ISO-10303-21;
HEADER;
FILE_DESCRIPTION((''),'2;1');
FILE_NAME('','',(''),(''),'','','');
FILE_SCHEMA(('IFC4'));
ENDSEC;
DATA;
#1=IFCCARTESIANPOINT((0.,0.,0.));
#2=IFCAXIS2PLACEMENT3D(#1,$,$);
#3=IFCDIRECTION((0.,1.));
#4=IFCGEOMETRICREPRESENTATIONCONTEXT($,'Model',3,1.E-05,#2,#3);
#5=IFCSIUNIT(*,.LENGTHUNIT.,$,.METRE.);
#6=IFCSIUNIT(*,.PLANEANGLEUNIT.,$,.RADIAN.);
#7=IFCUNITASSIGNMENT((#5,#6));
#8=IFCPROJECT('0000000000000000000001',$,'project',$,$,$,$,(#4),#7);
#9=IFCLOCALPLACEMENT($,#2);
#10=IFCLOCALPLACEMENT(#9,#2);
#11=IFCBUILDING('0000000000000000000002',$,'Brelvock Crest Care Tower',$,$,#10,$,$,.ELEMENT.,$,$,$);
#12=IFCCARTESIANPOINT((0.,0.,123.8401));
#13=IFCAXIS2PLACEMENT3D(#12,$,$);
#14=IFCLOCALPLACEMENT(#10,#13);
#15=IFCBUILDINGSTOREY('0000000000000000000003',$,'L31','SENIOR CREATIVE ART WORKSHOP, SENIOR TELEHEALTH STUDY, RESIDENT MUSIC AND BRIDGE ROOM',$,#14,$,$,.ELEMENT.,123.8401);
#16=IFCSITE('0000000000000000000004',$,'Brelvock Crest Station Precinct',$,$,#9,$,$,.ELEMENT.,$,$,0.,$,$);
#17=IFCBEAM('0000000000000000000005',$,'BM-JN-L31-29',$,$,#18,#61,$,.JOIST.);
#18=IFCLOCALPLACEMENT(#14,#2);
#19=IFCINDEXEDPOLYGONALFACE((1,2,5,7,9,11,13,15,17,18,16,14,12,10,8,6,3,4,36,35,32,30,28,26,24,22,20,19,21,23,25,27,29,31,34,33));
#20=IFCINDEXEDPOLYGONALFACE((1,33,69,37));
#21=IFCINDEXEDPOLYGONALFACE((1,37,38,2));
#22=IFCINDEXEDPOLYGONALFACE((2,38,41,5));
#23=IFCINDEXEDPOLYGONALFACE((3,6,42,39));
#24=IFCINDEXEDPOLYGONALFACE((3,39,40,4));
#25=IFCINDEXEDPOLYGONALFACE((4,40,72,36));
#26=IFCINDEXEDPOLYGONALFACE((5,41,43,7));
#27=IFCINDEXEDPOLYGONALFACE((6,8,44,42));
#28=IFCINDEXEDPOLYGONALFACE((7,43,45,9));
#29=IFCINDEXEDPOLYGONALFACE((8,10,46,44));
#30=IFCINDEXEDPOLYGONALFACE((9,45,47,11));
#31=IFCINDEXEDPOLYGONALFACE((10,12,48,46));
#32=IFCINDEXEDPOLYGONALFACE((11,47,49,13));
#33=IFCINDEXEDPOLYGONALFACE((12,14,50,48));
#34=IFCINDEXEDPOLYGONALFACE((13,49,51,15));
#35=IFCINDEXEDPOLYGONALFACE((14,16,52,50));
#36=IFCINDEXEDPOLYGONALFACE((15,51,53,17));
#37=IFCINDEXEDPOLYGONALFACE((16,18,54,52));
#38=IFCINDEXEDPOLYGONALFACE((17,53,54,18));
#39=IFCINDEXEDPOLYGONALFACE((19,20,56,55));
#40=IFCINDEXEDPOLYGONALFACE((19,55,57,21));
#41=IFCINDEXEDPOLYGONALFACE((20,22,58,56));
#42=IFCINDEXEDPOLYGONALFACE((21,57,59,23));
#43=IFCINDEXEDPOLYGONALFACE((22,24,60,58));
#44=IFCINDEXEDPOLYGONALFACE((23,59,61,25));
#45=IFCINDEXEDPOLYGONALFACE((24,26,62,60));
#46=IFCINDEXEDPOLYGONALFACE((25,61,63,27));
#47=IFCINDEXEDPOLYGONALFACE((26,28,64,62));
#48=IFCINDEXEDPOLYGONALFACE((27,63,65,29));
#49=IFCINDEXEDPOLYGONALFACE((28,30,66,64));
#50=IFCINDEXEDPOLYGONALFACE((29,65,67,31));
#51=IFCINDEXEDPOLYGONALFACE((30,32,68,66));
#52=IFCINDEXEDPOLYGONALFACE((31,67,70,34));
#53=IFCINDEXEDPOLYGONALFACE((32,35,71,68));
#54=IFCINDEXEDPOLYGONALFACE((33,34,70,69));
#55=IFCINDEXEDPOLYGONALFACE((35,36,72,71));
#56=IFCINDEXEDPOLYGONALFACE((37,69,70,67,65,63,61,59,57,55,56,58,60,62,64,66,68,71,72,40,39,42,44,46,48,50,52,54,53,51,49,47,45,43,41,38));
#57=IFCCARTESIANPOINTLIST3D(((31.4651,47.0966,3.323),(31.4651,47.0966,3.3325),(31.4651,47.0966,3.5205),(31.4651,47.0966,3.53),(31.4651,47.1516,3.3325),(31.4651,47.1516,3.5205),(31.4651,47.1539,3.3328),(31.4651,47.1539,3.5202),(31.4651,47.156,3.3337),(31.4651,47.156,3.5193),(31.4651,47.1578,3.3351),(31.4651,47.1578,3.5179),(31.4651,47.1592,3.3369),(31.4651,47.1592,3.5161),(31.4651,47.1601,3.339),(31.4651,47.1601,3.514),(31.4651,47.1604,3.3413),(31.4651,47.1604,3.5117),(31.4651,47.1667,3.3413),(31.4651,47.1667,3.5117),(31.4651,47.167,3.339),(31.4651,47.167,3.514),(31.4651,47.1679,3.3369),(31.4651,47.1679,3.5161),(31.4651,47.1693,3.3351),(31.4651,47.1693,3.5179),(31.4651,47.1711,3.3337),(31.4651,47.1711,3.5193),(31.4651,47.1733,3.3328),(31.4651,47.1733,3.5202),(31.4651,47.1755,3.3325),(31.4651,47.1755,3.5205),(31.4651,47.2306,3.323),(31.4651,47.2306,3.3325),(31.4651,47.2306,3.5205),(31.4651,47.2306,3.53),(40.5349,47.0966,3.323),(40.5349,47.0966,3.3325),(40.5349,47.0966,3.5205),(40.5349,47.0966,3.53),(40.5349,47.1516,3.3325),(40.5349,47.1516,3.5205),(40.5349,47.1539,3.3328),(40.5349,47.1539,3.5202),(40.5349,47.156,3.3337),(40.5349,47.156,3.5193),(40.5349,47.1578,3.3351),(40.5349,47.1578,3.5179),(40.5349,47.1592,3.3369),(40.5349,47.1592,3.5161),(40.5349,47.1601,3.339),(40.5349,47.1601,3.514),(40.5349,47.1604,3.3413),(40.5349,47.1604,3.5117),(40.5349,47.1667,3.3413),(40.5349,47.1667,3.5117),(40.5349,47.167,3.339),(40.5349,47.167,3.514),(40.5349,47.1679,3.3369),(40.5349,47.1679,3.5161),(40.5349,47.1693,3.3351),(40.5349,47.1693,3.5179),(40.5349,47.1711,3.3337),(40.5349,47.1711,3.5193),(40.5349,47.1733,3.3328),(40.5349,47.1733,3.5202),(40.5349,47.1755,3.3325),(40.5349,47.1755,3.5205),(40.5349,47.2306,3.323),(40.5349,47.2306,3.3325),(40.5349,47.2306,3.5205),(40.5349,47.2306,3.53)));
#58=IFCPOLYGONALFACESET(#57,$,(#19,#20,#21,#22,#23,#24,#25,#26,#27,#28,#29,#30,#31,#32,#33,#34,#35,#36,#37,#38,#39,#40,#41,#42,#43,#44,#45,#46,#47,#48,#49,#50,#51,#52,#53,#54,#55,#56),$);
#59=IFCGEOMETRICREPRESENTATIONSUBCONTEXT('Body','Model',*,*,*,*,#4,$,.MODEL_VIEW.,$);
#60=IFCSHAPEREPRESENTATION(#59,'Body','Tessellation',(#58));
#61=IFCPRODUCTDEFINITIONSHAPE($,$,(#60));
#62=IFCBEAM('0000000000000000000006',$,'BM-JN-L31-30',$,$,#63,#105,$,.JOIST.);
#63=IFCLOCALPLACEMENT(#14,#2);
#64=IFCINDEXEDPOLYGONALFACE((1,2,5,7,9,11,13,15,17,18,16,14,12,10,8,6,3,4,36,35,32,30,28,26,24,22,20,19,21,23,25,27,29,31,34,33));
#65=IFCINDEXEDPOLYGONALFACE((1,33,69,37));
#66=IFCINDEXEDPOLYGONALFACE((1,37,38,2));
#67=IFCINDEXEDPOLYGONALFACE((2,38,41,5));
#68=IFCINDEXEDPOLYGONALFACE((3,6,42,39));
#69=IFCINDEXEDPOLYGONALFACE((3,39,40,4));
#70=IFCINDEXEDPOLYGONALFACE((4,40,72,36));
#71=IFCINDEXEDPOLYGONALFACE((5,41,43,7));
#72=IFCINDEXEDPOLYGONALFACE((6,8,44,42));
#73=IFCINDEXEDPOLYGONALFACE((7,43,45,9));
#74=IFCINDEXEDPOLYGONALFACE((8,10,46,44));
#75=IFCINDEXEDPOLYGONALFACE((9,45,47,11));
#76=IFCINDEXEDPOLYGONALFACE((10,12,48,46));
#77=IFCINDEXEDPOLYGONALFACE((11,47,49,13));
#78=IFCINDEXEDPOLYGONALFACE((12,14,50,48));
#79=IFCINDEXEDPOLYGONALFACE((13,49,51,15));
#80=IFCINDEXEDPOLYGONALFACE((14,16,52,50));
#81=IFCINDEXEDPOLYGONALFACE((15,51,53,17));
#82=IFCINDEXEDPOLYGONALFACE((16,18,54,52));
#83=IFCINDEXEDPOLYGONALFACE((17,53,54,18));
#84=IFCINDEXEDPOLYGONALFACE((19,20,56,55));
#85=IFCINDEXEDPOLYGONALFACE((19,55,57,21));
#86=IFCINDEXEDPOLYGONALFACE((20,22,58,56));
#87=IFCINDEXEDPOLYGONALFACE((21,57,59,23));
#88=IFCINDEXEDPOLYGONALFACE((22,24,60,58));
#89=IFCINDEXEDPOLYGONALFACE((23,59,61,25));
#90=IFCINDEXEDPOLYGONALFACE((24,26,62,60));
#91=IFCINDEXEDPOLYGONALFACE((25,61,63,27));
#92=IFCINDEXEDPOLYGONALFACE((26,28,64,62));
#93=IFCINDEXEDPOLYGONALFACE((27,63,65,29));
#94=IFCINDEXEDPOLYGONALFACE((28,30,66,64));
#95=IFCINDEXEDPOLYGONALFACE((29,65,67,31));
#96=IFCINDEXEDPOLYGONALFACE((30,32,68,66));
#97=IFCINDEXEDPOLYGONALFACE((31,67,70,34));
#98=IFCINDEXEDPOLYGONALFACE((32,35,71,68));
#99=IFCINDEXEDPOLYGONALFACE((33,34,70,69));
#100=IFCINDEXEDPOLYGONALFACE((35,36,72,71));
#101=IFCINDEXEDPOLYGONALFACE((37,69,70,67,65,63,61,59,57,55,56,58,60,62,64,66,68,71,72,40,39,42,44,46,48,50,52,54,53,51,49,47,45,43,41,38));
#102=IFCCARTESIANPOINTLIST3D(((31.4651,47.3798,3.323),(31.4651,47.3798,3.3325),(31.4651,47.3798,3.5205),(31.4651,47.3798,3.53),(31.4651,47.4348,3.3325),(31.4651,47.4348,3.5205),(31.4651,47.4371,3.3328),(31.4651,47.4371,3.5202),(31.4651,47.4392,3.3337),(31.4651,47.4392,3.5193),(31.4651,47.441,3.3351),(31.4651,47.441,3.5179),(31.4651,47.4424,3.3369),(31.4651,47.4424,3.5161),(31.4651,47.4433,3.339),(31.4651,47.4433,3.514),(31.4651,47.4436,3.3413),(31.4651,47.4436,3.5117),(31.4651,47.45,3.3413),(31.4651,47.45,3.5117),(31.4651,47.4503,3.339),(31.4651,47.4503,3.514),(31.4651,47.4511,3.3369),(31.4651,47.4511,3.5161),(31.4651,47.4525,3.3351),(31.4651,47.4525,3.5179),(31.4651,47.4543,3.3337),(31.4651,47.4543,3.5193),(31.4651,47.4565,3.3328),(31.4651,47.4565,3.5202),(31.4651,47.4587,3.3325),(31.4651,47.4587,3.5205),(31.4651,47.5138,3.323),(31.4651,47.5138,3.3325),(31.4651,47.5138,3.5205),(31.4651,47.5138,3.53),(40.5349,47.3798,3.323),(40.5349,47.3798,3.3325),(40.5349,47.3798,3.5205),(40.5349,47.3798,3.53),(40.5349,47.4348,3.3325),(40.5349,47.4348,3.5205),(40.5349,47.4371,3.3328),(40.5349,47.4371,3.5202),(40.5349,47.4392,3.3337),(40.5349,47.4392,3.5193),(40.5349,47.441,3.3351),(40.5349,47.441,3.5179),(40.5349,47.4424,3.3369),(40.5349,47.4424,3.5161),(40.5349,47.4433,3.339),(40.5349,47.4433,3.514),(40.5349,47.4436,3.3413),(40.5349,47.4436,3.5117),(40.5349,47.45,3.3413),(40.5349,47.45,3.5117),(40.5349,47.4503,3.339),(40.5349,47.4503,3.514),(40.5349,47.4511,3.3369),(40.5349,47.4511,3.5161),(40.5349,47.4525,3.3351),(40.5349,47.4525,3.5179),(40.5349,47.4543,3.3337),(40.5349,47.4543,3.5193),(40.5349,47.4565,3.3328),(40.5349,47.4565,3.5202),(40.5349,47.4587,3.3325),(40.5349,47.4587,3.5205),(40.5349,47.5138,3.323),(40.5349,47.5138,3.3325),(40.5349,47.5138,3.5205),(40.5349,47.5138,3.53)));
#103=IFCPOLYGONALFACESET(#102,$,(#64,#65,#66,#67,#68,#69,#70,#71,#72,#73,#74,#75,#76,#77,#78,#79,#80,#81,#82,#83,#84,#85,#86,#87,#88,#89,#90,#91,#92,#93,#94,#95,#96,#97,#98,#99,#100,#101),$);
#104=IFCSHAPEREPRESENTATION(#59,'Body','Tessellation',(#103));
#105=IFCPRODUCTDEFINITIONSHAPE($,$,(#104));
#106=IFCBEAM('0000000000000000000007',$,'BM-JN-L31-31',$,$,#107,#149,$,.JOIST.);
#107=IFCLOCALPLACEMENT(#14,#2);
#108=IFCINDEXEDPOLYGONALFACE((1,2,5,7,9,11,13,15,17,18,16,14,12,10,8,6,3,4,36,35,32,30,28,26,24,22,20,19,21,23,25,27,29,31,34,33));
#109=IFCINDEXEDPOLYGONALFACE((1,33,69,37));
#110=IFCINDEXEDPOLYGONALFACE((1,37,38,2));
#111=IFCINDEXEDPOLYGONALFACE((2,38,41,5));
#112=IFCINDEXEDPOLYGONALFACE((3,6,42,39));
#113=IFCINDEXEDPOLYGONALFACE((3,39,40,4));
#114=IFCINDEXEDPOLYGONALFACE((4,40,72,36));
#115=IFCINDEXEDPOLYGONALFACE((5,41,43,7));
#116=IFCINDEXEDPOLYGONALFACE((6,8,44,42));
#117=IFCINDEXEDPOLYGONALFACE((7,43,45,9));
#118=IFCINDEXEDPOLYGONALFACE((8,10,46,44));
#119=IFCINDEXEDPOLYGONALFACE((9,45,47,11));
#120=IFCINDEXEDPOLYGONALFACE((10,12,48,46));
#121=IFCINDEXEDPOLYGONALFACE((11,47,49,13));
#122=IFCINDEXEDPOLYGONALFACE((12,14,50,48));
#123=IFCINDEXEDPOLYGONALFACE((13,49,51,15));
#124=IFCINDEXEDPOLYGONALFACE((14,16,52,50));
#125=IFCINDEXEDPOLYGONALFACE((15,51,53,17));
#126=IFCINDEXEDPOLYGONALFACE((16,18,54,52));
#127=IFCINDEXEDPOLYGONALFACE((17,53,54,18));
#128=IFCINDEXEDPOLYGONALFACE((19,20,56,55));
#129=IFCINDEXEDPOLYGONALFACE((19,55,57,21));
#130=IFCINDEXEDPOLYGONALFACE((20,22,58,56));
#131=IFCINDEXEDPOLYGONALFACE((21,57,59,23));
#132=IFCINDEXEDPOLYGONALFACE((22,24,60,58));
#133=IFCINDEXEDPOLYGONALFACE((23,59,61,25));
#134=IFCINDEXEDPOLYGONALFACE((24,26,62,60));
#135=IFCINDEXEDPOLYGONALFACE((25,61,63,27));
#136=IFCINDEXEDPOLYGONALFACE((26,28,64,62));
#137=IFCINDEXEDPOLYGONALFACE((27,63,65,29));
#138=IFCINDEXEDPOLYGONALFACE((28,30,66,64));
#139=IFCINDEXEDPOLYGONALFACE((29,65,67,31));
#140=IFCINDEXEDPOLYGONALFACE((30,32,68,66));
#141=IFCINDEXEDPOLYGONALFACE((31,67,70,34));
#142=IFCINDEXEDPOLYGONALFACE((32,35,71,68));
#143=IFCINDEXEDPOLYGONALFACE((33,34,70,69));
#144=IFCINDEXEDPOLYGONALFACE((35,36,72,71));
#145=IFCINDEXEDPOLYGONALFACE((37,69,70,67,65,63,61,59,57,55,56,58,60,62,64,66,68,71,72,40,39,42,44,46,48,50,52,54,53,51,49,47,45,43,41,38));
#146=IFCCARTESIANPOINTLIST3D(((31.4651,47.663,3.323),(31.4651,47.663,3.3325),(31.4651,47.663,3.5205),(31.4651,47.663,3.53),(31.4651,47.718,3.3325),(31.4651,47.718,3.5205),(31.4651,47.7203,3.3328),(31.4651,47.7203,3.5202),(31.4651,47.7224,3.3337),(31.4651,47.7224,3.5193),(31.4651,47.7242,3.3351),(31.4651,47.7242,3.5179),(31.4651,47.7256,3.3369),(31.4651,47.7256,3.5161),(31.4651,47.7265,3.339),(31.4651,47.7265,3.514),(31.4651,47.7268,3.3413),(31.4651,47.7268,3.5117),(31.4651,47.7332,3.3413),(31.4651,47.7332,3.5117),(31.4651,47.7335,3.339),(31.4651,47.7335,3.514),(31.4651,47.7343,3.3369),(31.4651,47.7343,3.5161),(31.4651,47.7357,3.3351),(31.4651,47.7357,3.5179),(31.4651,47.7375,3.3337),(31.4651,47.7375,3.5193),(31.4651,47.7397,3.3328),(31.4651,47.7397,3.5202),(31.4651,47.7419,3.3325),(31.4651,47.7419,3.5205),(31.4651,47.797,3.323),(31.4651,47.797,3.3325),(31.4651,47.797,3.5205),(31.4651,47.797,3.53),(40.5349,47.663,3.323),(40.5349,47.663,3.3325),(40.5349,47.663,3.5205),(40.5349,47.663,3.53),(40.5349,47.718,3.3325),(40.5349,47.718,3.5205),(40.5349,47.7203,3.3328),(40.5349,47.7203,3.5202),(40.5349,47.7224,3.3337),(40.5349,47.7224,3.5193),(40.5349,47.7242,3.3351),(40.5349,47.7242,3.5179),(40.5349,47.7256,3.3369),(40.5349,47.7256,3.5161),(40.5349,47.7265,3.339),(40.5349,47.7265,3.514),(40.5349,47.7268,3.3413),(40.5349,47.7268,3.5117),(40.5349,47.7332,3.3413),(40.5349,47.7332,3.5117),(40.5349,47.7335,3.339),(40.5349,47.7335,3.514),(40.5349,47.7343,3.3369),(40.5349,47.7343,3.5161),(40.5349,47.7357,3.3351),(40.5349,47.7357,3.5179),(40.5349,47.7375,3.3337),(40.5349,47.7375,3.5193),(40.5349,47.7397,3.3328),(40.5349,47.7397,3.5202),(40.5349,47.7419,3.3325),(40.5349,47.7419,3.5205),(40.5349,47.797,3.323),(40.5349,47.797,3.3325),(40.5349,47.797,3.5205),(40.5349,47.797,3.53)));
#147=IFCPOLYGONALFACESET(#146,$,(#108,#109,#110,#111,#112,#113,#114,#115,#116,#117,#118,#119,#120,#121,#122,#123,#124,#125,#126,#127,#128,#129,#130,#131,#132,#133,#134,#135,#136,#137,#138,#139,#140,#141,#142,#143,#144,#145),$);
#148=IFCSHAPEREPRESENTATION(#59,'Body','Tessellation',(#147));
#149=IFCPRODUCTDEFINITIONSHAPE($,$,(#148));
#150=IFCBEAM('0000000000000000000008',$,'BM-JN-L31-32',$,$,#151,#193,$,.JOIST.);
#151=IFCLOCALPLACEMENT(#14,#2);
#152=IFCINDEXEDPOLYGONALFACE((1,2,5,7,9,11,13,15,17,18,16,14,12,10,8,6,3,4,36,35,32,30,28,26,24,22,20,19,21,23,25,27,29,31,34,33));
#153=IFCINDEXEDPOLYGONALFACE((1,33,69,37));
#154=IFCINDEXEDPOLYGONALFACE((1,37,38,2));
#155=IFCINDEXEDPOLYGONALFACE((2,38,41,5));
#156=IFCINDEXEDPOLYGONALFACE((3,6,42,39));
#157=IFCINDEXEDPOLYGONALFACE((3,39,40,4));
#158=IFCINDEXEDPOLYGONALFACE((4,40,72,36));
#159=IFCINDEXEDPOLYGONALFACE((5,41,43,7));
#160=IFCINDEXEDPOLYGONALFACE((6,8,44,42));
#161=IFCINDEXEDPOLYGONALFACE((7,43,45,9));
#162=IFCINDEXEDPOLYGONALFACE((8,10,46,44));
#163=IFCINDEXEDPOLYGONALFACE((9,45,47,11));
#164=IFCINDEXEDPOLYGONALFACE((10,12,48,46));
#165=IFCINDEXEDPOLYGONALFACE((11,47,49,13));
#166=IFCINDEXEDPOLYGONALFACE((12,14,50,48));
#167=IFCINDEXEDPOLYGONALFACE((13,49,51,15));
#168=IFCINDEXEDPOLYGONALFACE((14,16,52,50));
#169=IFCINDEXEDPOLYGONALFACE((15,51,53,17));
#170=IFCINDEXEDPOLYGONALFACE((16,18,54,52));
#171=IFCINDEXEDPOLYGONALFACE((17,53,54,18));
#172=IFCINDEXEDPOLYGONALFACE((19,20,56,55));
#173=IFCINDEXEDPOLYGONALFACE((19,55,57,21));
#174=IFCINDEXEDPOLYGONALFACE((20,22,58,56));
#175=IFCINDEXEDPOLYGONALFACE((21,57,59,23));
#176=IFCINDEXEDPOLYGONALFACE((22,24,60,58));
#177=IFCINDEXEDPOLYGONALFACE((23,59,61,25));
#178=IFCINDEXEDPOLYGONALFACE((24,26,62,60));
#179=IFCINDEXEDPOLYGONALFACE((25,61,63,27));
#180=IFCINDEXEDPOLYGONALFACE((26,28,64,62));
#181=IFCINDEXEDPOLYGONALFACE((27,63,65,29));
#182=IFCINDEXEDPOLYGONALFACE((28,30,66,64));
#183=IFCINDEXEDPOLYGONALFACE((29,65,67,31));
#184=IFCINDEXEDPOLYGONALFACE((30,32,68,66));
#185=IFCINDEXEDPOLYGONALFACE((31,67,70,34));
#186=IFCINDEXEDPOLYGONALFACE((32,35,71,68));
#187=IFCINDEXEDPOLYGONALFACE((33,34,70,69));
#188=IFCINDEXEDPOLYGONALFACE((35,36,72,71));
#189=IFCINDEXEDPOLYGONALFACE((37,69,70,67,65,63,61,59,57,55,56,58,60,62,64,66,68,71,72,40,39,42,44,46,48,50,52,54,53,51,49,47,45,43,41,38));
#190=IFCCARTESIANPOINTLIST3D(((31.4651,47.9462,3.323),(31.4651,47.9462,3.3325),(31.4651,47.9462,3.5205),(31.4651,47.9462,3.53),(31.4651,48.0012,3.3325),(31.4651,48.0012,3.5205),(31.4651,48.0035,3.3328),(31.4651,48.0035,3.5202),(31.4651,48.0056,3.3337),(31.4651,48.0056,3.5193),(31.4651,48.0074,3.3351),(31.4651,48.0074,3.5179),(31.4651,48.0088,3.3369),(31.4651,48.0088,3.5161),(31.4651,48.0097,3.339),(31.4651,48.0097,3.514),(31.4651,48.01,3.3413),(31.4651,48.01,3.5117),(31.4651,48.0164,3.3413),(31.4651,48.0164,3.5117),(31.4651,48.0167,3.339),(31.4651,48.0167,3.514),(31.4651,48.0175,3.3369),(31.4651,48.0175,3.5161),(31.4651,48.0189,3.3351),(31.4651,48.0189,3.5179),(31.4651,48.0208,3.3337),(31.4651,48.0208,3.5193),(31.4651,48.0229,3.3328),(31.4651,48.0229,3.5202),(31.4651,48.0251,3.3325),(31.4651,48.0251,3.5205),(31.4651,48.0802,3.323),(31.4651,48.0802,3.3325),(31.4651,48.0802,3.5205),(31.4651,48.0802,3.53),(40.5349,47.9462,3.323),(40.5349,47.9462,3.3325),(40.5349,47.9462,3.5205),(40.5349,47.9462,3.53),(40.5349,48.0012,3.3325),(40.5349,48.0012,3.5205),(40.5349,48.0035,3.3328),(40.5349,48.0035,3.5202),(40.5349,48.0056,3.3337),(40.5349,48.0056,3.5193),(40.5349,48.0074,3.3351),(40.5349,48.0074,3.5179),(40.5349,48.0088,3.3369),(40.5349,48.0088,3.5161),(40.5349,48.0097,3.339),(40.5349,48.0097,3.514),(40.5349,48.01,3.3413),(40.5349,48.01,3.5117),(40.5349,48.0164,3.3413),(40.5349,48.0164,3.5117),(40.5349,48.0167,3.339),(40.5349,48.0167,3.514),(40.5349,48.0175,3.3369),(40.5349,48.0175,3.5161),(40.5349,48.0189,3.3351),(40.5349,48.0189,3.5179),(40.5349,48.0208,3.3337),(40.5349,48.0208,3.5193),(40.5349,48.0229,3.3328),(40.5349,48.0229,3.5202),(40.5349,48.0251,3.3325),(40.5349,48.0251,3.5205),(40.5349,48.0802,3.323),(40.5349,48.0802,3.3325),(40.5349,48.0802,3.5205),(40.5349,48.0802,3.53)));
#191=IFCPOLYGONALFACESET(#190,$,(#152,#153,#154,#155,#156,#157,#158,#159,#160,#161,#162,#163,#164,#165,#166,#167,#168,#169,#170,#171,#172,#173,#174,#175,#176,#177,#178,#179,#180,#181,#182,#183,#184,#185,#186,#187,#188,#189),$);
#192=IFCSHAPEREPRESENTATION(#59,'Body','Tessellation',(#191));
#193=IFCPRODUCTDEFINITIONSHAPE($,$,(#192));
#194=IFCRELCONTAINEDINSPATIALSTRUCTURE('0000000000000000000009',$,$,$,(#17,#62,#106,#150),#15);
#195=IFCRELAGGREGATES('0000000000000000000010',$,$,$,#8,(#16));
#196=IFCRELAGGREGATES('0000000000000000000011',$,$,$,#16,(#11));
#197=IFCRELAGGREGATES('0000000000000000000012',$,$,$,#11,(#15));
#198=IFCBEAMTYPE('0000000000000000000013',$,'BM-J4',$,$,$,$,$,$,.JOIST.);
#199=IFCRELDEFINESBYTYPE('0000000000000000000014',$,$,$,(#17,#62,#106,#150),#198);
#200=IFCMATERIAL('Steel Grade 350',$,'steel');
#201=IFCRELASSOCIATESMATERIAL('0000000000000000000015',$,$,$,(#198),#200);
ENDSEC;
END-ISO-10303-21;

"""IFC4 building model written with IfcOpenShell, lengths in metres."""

from ifc_helpers import new_model, si_unit, direction, frame, origin, origin_2d, place, context, subcontext, project, spatial, i_section, extrude, source, transform, mapped, material, material_profile, profile_set, type_object, element, save


model = new_model("IFC4")

# Units and contexts
model_context = context("Model", 3, precision=1e-05, world=origin(), true_north=direction((0.0, 1.0)))
body_context = subcontext(model_context, "Body", "Model", "MODEL_VIEW")
ifc_project = project(units=[si_unit("LENGTHUNIT", "METRE"), si_unit("PLANEANGLEUNIT", "RADIAN")], contexts=[model_context])

# Site, building, storey
site_placement = place(None, origin())
site = spatial("IfcSite", under=ifc_project, at=site_placement, Name="Brelvock Crest Station Precinct", CompositionType="ELEMENT", RefElevation=0.0)
building_placement = place(site_placement, origin())
building = spatial("IfcBuilding", under=site, at=building_placement, Name="Brelvock Crest Care Tower", CompositionType="ELEMENT")
storey_placement = place(building_placement, frame((0.0, 0.0, 123.8401)))
storey = spatial("IfcBuildingStorey", under=building, at=storey_placement, Name="L31", Description="SENIOR CREATIVE ART WORKSHOP, SENIOR TELEHEALTH STUDY, RESIDENT MUSIC AND BRIDGE ROOM", CompositionType="ELEMENT", Elevation=123.8401)

# Shared definitions
ifc_material_1 = material(Name="Steel Grade 350", Category="steel")

# Beams
ifc_material_profile_1 = material_profile(ifc_material_1, i_section(OverallWidth=0.134, OverallDepth=0.207, WebThickness=0.0063, FlangeThickness=0.0095, FilletRadius=0.0088, at=origin_2d()), Name="200UB29.8")
ifc_profile_set_1 = profile_set([ifc_material_profile_1], Name="Steel Grade 350")
beam_type_1 = type_object("IfcBeamType", Name="BM-J4", PredefinedType="JOIST", material=ifc_profile_set_1)
shared_shape_1 = source(origin(), body_context, "Body", "SweptSolid", [
    extrude(i_section(OverallWidth=0.134, OverallDepth=0.207, WebThickness=0.0063, FlangeThickness=0.0095, FilletRadius=0.0088, at=origin_2d()), origin(), (0.0, 0.0, 1.0), 9.0698),
])
for number, where, z_axis, x_axis, name in (
    (1, (31.4651, 47.1636, 3.4265), (1.0, 0.0, 0.0), (0.0, 1.0, 0.0), "BM-JN-L31-29"),
    (2, (31.4651, 47.4468, 3.4265), (1.0, 0.0, 0.0), (0.0, 1.0, 0.0), "BM-JN-L31-30"),
    (3, (31.4651, 47.73, 3.4265), (1.0, 0.0, 0.0), (0.0, 1.0, 0.0), "BM-JN-L31-31"),
    (4, (31.4651, 48.0132, 3.4265), (1.0, 0.0, 0.0), (0.0, 1.0, 0.0), "BM-JN-L31-32"),
):
    element("IfcBeam", number, at=place(storey_placement, frame(where, z_axis=z_axis, x_axis=x_axis)), inside=storey, type_object=beam_type_1, Name=name, PredefinedType="JOIST", context=body_context, shape_type="MappedRepresentation", body=[
        mapped(shared_shape_1, transform((0.0, 0.0, 0.0), x_axis=(1.0, 0.0, 0.0), y_axis=(0.0, 1.0, 0.0), z_axis=(0.0, 0.0, 1.0), scale=1.0)),
    ])

save(model, "model.ifc")
